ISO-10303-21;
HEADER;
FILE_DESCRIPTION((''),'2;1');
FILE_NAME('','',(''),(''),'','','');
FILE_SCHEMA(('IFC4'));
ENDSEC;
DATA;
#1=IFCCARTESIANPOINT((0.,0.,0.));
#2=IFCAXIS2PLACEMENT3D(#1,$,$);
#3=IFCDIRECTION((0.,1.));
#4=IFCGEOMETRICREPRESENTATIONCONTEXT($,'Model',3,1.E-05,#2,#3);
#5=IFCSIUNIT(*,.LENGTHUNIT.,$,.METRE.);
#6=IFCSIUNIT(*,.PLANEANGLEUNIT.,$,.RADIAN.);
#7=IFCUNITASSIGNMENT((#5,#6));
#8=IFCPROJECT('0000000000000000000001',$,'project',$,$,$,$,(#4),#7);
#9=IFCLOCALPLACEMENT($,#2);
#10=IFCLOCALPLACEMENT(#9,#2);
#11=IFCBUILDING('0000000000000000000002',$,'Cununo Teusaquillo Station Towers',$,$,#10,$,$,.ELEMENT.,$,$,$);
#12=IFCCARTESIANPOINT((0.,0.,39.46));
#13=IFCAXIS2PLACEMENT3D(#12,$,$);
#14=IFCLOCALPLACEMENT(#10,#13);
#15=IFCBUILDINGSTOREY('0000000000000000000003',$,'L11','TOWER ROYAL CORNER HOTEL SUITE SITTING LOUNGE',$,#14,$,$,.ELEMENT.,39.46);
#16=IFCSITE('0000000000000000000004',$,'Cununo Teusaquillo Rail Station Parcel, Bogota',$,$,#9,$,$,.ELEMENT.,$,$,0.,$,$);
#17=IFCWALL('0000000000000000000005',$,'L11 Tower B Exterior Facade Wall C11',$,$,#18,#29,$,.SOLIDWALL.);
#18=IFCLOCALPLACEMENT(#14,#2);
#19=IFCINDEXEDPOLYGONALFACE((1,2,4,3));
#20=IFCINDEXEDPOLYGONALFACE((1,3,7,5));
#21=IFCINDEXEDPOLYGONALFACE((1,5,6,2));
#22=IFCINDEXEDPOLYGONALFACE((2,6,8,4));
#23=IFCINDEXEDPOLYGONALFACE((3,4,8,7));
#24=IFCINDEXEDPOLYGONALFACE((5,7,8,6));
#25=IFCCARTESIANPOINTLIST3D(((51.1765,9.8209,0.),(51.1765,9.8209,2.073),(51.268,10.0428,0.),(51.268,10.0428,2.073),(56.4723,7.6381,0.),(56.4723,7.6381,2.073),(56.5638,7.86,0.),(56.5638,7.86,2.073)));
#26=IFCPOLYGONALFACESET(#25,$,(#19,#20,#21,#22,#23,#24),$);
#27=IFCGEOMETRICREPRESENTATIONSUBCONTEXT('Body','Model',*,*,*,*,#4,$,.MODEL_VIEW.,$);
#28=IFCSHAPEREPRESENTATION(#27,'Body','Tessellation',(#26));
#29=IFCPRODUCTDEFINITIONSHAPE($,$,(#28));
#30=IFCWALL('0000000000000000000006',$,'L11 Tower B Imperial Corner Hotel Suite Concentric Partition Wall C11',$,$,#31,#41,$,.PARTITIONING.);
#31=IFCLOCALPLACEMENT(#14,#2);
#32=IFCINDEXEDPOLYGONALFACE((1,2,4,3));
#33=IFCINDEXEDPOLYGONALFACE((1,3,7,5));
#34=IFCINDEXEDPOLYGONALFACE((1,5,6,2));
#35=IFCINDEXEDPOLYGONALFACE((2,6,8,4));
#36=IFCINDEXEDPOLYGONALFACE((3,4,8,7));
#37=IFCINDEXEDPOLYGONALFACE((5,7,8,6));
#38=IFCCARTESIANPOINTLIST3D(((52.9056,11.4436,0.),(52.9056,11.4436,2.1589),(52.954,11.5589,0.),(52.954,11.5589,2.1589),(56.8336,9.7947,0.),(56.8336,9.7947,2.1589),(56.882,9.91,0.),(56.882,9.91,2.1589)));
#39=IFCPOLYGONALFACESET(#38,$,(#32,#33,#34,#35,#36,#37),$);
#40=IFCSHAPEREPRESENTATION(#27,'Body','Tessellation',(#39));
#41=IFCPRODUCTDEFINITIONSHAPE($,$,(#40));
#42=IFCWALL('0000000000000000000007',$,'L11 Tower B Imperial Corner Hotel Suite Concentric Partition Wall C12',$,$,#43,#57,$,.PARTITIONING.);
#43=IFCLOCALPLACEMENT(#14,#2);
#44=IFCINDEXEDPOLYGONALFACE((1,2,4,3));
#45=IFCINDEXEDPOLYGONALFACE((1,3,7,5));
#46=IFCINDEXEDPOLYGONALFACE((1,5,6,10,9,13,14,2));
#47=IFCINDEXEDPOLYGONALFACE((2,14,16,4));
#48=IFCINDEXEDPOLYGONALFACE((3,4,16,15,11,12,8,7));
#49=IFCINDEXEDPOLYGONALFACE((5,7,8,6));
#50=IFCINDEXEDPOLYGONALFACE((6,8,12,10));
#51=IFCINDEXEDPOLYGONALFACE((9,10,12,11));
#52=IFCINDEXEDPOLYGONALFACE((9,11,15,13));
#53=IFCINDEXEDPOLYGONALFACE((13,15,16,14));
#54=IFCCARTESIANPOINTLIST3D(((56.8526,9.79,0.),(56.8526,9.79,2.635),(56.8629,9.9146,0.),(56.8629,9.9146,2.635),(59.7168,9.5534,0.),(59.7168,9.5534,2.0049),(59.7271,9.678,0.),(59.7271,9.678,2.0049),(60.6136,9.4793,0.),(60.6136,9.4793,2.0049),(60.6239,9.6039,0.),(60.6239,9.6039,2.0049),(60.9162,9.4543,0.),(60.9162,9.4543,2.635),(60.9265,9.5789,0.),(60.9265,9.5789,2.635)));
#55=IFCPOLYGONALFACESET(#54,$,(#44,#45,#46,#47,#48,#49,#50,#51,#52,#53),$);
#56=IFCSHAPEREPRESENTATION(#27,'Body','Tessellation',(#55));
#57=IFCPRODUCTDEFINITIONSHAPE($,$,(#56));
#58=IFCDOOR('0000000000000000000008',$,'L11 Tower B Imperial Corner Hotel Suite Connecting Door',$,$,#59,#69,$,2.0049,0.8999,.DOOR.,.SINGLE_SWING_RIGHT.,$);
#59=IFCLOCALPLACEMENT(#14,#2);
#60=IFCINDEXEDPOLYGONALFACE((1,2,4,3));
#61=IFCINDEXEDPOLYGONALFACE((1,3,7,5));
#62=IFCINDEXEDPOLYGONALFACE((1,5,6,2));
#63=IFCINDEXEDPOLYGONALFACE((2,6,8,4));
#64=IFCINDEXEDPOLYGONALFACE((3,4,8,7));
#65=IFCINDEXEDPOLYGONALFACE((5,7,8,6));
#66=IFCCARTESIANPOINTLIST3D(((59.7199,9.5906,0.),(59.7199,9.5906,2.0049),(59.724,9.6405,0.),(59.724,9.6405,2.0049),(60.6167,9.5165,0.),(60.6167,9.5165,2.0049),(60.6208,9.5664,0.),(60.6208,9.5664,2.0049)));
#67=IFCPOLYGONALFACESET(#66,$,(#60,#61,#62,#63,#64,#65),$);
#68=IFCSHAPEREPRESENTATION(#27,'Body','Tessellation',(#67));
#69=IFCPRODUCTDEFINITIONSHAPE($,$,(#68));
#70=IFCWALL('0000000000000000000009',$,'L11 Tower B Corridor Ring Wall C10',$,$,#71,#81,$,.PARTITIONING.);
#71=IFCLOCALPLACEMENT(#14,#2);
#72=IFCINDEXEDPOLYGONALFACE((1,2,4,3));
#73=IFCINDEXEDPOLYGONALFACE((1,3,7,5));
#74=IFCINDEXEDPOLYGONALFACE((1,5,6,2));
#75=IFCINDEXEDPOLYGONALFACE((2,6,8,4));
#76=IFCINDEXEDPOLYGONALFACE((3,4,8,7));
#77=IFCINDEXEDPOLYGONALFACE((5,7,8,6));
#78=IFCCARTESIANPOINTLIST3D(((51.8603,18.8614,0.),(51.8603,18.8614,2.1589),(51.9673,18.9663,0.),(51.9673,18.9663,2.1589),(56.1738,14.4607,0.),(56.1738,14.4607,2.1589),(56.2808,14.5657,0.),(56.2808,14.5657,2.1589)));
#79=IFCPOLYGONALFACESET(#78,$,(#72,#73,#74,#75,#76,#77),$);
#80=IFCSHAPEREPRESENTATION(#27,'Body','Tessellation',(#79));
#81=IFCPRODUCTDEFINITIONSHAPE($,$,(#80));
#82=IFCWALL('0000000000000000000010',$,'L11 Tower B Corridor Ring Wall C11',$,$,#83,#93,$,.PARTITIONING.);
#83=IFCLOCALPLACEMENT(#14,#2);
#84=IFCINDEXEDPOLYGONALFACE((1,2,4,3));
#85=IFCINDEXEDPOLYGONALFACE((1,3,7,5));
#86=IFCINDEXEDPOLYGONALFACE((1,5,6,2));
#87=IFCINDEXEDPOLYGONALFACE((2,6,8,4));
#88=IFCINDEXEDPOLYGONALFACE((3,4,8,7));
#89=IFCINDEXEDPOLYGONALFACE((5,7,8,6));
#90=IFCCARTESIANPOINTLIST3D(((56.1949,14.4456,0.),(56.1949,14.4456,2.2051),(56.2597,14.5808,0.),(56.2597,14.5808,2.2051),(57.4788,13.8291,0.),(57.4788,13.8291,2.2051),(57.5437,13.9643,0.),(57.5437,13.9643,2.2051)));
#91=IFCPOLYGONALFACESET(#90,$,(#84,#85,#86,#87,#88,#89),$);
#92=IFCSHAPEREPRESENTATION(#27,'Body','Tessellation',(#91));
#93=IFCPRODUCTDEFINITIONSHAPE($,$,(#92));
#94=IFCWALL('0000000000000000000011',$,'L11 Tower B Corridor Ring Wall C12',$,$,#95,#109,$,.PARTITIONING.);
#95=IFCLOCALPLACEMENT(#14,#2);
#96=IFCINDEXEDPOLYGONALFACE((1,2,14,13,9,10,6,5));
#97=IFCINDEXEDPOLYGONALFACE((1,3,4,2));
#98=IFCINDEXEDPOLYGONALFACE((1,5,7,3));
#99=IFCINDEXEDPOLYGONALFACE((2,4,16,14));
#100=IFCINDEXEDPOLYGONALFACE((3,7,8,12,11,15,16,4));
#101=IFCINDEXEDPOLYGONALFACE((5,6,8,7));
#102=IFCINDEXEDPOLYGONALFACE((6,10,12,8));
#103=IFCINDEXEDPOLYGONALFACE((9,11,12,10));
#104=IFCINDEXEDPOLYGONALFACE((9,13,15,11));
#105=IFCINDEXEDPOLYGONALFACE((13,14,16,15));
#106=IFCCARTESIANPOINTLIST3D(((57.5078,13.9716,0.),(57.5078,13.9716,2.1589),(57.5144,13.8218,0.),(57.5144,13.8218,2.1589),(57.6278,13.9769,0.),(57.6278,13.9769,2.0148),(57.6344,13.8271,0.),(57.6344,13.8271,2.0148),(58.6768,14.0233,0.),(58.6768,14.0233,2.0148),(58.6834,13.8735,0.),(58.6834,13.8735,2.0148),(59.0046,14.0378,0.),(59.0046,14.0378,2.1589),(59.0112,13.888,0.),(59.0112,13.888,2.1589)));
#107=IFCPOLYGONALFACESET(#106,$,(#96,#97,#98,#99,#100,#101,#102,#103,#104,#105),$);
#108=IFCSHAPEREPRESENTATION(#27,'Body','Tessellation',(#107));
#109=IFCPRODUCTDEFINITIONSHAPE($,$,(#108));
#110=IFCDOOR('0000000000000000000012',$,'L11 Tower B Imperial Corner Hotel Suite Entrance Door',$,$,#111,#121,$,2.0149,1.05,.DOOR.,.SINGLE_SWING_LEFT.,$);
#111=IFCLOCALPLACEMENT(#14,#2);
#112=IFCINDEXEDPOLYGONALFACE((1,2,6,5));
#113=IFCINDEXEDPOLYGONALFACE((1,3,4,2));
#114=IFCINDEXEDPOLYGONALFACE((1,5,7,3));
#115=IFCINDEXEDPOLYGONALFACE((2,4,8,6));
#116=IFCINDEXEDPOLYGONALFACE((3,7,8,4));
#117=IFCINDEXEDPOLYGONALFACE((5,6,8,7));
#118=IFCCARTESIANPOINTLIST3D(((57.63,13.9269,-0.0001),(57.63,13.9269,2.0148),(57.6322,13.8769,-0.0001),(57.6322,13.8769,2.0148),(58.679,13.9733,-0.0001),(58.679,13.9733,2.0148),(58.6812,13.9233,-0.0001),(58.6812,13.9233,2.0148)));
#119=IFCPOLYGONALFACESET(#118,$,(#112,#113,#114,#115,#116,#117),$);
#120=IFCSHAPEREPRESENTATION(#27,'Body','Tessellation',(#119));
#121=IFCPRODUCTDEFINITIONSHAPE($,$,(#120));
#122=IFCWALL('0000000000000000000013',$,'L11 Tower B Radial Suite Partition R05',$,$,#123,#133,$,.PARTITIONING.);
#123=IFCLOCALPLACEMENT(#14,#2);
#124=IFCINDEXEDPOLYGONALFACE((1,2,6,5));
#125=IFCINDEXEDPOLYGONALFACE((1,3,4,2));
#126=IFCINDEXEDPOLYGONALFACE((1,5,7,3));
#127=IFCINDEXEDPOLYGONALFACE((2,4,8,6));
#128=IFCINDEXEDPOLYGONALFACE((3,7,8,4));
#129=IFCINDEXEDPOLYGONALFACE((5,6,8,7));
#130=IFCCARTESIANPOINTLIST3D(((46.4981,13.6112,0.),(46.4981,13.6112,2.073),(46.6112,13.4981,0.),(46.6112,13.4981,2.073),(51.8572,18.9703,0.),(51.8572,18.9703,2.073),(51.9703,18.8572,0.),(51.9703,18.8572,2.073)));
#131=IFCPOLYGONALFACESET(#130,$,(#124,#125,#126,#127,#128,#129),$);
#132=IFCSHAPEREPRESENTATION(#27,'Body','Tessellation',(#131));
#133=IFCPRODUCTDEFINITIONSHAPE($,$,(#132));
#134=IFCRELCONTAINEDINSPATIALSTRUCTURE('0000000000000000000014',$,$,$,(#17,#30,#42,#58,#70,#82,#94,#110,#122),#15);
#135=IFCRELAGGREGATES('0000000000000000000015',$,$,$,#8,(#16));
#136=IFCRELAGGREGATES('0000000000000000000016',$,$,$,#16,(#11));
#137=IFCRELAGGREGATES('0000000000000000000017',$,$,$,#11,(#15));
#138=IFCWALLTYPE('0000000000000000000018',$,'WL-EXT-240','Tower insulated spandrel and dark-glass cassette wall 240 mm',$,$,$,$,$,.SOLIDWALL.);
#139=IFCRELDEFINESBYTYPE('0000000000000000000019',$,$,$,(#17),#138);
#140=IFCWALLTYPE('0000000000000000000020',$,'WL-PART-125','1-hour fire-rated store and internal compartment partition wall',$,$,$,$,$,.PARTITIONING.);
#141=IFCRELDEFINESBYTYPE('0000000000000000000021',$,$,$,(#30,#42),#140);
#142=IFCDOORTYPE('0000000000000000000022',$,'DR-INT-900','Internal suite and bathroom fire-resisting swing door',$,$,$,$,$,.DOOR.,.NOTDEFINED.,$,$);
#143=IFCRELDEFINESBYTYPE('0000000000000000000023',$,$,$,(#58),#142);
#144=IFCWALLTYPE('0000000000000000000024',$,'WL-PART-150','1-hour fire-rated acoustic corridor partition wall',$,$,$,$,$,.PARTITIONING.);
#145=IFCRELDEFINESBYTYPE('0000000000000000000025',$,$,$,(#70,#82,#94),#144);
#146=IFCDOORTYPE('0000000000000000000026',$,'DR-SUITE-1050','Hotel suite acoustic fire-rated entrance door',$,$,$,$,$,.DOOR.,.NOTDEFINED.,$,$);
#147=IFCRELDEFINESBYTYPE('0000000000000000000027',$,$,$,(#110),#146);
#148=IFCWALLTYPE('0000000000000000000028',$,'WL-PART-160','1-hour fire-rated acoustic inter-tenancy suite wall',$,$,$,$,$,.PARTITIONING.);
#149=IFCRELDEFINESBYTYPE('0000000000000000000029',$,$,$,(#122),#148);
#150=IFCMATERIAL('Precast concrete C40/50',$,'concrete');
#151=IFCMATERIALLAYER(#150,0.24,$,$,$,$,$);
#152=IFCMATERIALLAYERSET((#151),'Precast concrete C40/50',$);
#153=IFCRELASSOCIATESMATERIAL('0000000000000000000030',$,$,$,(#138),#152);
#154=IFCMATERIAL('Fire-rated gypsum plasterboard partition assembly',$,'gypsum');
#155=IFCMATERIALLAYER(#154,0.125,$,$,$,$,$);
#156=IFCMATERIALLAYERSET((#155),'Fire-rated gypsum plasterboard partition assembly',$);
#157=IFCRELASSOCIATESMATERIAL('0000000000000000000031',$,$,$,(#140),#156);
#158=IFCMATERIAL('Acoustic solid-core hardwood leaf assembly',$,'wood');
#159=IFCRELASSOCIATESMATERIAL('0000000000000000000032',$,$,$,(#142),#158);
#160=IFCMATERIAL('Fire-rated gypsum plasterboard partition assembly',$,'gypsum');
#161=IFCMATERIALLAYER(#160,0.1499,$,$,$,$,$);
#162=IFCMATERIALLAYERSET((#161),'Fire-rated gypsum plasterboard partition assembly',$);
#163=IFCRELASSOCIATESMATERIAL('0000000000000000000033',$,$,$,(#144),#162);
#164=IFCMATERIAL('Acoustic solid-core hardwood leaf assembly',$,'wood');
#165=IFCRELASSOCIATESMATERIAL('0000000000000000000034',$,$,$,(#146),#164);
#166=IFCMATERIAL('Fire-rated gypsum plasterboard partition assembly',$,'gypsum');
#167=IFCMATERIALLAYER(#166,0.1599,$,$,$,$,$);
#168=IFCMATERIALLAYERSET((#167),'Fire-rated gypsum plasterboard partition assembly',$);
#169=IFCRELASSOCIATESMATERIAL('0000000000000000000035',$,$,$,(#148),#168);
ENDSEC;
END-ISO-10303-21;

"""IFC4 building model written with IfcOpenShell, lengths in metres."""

from ifc_helpers import new_model, si_unit, direction, frame, frame_2d, origin, place, context, subcontext, project, spatial, rectangle, extrude, source, transform, mapped, material, layer, layer_set, type_object, element, fill, save


model = new_model("IFC4")

# Units and contexts
model_context = context("Model", 3, precision=1e-05, world=origin(), true_north=direction((0.0, 1.0)))
body_context = subcontext(model_context, "Body", "Model", "MODEL_VIEW")
ifc_project = project(units=[si_unit("LENGTHUNIT", "METRE"), si_unit("PLANEANGLEUNIT", "RADIAN")], contexts=[model_context])

# Site, building, storey
site_placement = place(None, origin())
site = spatial("IfcSite", under=ifc_project, at=site_placement, Name="Cununo Teusaquillo Rail Station Parcel, Bogota", CompositionType="ELEMENT", RefElevation=0.0)
building_placement = place(site_placement, origin())
building = spatial("IfcBuilding", under=site, at=building_placement, Name="Cununo Teusaquillo Station Towers", CompositionType="ELEMENT")
storey_placement = place(building_placement, frame((0.0, 0.0, 39.46)))
storey = spatial("IfcBuildingStorey", under=building, at=storey_placement, Name="L11", Description="TOWER ROYAL CORNER HOTEL SUITE SITTING LOUNGE", CompositionType="ELEMENT", Elevation=39.46)

# Shared definitions
ifc_material_1 = material(Name="Precast concrete C40/50", Category="concrete")
ifc_layer_1 = layer(ifc_material_1, 0.24)
ifc_layer_set_1 = layer_set([ifc_layer_1], Name="Precast concrete C40/50")
wall_type_1 = type_object("IfcWallType", Name="WL-EXT-240", Description="Tower insulated spandrel and dark-glass cassette wall 240 mm", PredefinedType="SOLIDWALL", material=ifc_layer_set_1)

# Walls
wall_1_placement = place(storey_placement, frame((56.5181, 7.749, 0.0), z_axis=(0.0, 0.0, 1.0), x_axis=(-0.924543, 0.381078, 0.0)))
element("IfcWall", 1, at=wall_1_placement, inside=storey, type_object=wall_type_1, Name="L11 Tower B Exterior Facade Wall C11", PredefinedType="SOLIDWALL", context=body_context, shape_type="SweptSolid", body=[
    extrude(rectangle(XDim=5.728, YDim=0.24, at=frame_2d((2.864, 0.0))), origin(), (0.0, 0.0, 1.0), 2.073),
])
ifc_material_2 = material(Name="Fire-rated gypsum plasterboard partition assembly", Category="gypsum")
ifc_layer_2 = layer(ifc_material_2, 0.125)
ifc_layer_set_2 = layer_set([ifc_layer_2], Name="Fire-rated gypsum plasterboard partition assembly")
wall_type_2 = type_object("IfcWallType", Name="WL-PART-125", Description="1-hour fire-rated store and internal compartment partition wall", PredefinedType="PARTITIONING", material=ifc_layer_set_2)
wall_2_placement = place(storey_placement, frame((52.9299, 11.5012, 0.0), z_axis=(0.0, 0.0, 1.0), x_axis=(0.922051, -0.387068, 0.0)))
element("IfcWall", 2, at=wall_2_placement, inside=storey, type_object=wall_type_2, Name="L11 Tower B Imperial Corner Hotel Suite Concentric Partition Wall C11", PredefinedType="PARTITIONING", context=body_context, shape_type="SweptSolid", body=[
    extrude(rectangle(XDim=4.26, YDim=0.125, at=frame_2d((2.1299, 0.0))), origin(), (0.0, 0.0, 1.0), 2.1589),
])

# Wall, opening, door
wall_3_placement = place(storey_placement, frame((56.8579, 9.8523, 0.0), z_axis=(0.0, 0.0, 1.0), x_axis=(0.996605, -0.082332, 0.0)))
wall_3 = element("IfcWall", 3, at=wall_3_placement, inside=storey, type_object=wall_type_2, Name="L11 Tower B Imperial Corner Hotel Suite Concentric Partition Wall C12", PredefinedType="PARTITIONING", context=body_context, shape_type="SweptSolid", body=[
    extrude(rectangle(XDim=4.0774, YDim=0.125, at=frame_2d((2.0386, 0.0))), origin(), (0.0, 0.0, 1.0), 2.635),
])
shared_shape_1 = source(origin(), body_context, "Body", "SweptSolid", [
    extrude(rectangle(XDim=0.8999, YDim=2.0049, at=frame_2d((0.45, 1.0024))), frame((0.0, 0.0725, 0.0), z_axis=(0.0, -1.0, 0.0), x_axis=(1.0, 0.0, 0.0)), (0.0, 0.0, 1.0), 0.145),
])
opening_1_placement = place(wall_3_placement, frame((2.8738, 0.0, 0.0)))
opening_1 = element("IfcOpeningElement", 4, at=opening_1_placement, cuts=wall_3, PredefinedType="OPENING", context=body_context, shape_type="MappedRepresentation", body=[
    mapped(shared_shape_1, transform((0.0, 0.0, 0.0), x_axis=(1.0, 0.0, 0.0), y_axis=(0.0, 1.0, 0.0), z_axis=(0.0, 0.0, 1.0), scale=1.0)),
])
ifc_material_3 = material(Name="Acoustic solid-core hardwood leaf assembly", Category="wood")
door_type_1 = type_object("IfcDoorType", Name="DR-INT-900", Description="Internal suite and bathroom fire-resisting swing door", OperationType="NOTDEFINED", PredefinedType="DOOR", material=ifc_material_3)
shared_shape_2 = source(origin(), body_context, "Body", "SweptSolid", [
    extrude(rectangle(XDim=0.8999, YDim=2.0049, at=frame_2d((0.45, 1.0024))), frame((0.0, 0.0249, 0.0), z_axis=(0.0, -1.0, 0.0), x_axis=(1.0, 0.0, 0.0)), (0.0, 0.0, 1.0), 0.05),
])
door_1_placement = place(opening_1_placement, origin())
door_1 = element("IfcDoor", 5, at=door_1_placement, inside=storey, type_object=door_type_1, Name="L11 Tower B Imperial Corner Hotel Suite Connecting Door", OperationType="SINGLE_SWING_RIGHT", OverallHeight=2.0049, OverallWidth=0.8999, PredefinedType="DOOR", context=body_context, shape_type="MappedRepresentation", body=[
    mapped(shared_shape_2, transform((0.0, 0.0, 0.0), x_axis=(1.0, 0.0, 0.0), y_axis=(0.0, 1.0, 0.0), z_axis=(0.0, 0.0, 1.0), scale=1.0)),
])
fill(opening_1, door_1)

# Walls
ifc_material_4 = material(Name="Fire-rated gypsum plasterboard partition assembly", Category="gypsum")
ifc_layer_3 = layer(ifc_material_4, 0.1499)
ifc_layer_set_3 = layer_set([ifc_layer_3], Name="Fire-rated gypsum plasterboard partition assembly")
wall_type_3 = type_object("IfcWallType", Name="WL-PART-150", Description="1-hour fire-rated acoustic corridor partition wall", PredefinedType="PARTITIONING", material=ifc_layer_set_3)
wall_4_placement = place(storey_placement, frame((51.9138, 18.9138, 0.0), z_axis=(0.0, 0.0, 1.0), x_axis=(0.699999, -0.714144, 0.0)))
element("IfcWall", 6, at=wall_4_placement, inside=storey, type_object=wall_type_3, Name="L11 Tower B Corridor Ring Wall C10", PredefinedType="PARTITIONING", context=body_context, shape_type="SweptSolid", body=[
    extrude(rectangle(XDim=6.1621, YDim=0.1499, at=frame_2d((3.0811, 0.0))), origin(), (0.0, 0.0, 1.0), 2.1589),
])
wall_5_placement = place(storey_placement, frame((56.2273, 14.5132, 0.0), z_axis=(0.0, 0.0, 1.0), x_axis=(0.901478, -0.432826, 0.0)))
element("IfcWall", 7, at=wall_5_placement, inside=storey, type_object=wall_type_3, Name="L11 Tower B Corridor Ring Wall C11", PredefinedType="PARTITIONING", context=body_context, shape_type="SweptSolid", body=[
    extrude(rectangle(XDim=1.4243, YDim=0.1499, at=frame_2d((0.7122, 0.0))), origin(), (0.0, 0.0, 1.0), 2.2051),
])

# Wall, opening, door
wall_6_placement = place(storey_placement, frame((57.5112, 13.8967, 0.0), z_axis=(0.0, 0.0, 1.0), x_axis=(0.999025, 0.044158, 0.0)))
wall_6 = element("IfcWall", 8, at=wall_6_placement, inside=storey, type_object=wall_type_3, Name="L11 Tower B Corridor Ring Wall C12", PredefinedType="PARTITIONING", context=body_context, shape_type="SweptSolid", body=[
    extrude(rectangle(XDim=1.4983, YDim=0.1499, at=frame_2d((0.749, 0.0))), origin(), (0.0, 0.0, 1.0), 2.1589),
])
shared_shape_3 = source(origin(), body_context, "Body", "SweptSolid", [
    extrude(rectangle(XDim=1.05, YDim=2.0149, at=frame_2d((0.5249, 1.0073))), frame((0.0, 0.085, 0.0), z_axis=(0.0, -1.0, 0.0), x_axis=(1.0, 0.0, 0.0)), (0.0, 0.0, 1.0), 0.1699),
])
opening_2_placement = place(wall_6_placement, frame((0.1201, 0.0, 0.0)))
opening_2 = element("IfcOpeningElement", 9, at=opening_2_placement, cuts=wall_6, PredefinedType="OPENING", context=body_context, shape_type="MappedRepresentation", body=[
    mapped(shared_shape_3, transform((0.0, 0.0, 0.0), x_axis=(1.0, 0.0, 0.0), y_axis=(0.0, 1.0, 0.0), z_axis=(0.0, 0.0, 1.0), scale=1.0)),
])
ifc_material_5 = material(Name="Acoustic solid-core hardwood leaf assembly", Category="wood")
door_type_2 = type_object("IfcDoorType", Name="DR-SUITE-1050", Description="Hotel suite acoustic fire-rated entrance door", OperationType="NOTDEFINED", PredefinedType="DOOR", material=ifc_material_5)
shared_shape_4 = source(origin(), body_context, "Body", "SweptSolid", [
    extrude(rectangle(XDim=1.05, YDim=2.0149, at=frame_2d((0.5249, 1.0073))), frame((0.0, 0.0249, 0.0), z_axis=(0.0, -1.0, 0.0), x_axis=(1.0, 0.0, 0.0)), (0.0, 0.0, 1.0), 0.05),
])
door_2_placement = place(opening_2_placement, origin())
door_2 = element("IfcDoor", 10, at=door_2_placement, inside=storey, type_object=door_type_2, Name="L11 Tower B Imperial Corner Hotel Suite Entrance Door", OperationType="SINGLE_SWING_LEFT", OverallHeight=2.0149, OverallWidth=1.05, PredefinedType="DOOR", context=body_context, shape_type="MappedRepresentation", body=[
    mapped(shared_shape_4, transform((0.0, 0.0, 0.0), x_axis=(1.0, 0.0, 0.0), y_axis=(0.0, 1.0, 0.0), z_axis=(0.0, 0.0, 1.0), scale=1.0)),
])
fill(opening_2, door_2)

# Wall
ifc_material_6 = material(Name="Fire-rated gypsum plasterboard partition assembly", Category="gypsum")
ifc_layer_4 = layer(ifc_material_6, 0.1599)
ifc_layer_set_4 = layer_set([ifc_layer_4], Name="Fire-rated gypsum plasterboard partition assembly")
wall_type_4 = type_object("IfcWallType", Name="WL-PART-160", Description="1-hour fire-rated acoustic inter-tenancy suite wall", PredefinedType="PARTITIONING", material=ifc_layer_set_4)
wall_7_placement = place(storey_placement, frame((51.9138, 18.9138, 0.0), z_axis=(0.0, 0.0, 1.0), x_axis=(-0.707107, -0.707107, 0.0)))
element("IfcWall", 11, at=wall_7_placement, inside=storey, type_object=wall_type_4, Name="L11 Tower B Radial Suite Partition R05", PredefinedType="PARTITIONING", context=body_context, shape_type="SweptSolid", body=[
    extrude(rectangle(XDim=7.5789, YDim=0.1599, at=frame_2d((3.7896, 0.0))), origin(), (0.0, 0.0, 1.0), 2.073),
])

save(model, "model.ifc")
